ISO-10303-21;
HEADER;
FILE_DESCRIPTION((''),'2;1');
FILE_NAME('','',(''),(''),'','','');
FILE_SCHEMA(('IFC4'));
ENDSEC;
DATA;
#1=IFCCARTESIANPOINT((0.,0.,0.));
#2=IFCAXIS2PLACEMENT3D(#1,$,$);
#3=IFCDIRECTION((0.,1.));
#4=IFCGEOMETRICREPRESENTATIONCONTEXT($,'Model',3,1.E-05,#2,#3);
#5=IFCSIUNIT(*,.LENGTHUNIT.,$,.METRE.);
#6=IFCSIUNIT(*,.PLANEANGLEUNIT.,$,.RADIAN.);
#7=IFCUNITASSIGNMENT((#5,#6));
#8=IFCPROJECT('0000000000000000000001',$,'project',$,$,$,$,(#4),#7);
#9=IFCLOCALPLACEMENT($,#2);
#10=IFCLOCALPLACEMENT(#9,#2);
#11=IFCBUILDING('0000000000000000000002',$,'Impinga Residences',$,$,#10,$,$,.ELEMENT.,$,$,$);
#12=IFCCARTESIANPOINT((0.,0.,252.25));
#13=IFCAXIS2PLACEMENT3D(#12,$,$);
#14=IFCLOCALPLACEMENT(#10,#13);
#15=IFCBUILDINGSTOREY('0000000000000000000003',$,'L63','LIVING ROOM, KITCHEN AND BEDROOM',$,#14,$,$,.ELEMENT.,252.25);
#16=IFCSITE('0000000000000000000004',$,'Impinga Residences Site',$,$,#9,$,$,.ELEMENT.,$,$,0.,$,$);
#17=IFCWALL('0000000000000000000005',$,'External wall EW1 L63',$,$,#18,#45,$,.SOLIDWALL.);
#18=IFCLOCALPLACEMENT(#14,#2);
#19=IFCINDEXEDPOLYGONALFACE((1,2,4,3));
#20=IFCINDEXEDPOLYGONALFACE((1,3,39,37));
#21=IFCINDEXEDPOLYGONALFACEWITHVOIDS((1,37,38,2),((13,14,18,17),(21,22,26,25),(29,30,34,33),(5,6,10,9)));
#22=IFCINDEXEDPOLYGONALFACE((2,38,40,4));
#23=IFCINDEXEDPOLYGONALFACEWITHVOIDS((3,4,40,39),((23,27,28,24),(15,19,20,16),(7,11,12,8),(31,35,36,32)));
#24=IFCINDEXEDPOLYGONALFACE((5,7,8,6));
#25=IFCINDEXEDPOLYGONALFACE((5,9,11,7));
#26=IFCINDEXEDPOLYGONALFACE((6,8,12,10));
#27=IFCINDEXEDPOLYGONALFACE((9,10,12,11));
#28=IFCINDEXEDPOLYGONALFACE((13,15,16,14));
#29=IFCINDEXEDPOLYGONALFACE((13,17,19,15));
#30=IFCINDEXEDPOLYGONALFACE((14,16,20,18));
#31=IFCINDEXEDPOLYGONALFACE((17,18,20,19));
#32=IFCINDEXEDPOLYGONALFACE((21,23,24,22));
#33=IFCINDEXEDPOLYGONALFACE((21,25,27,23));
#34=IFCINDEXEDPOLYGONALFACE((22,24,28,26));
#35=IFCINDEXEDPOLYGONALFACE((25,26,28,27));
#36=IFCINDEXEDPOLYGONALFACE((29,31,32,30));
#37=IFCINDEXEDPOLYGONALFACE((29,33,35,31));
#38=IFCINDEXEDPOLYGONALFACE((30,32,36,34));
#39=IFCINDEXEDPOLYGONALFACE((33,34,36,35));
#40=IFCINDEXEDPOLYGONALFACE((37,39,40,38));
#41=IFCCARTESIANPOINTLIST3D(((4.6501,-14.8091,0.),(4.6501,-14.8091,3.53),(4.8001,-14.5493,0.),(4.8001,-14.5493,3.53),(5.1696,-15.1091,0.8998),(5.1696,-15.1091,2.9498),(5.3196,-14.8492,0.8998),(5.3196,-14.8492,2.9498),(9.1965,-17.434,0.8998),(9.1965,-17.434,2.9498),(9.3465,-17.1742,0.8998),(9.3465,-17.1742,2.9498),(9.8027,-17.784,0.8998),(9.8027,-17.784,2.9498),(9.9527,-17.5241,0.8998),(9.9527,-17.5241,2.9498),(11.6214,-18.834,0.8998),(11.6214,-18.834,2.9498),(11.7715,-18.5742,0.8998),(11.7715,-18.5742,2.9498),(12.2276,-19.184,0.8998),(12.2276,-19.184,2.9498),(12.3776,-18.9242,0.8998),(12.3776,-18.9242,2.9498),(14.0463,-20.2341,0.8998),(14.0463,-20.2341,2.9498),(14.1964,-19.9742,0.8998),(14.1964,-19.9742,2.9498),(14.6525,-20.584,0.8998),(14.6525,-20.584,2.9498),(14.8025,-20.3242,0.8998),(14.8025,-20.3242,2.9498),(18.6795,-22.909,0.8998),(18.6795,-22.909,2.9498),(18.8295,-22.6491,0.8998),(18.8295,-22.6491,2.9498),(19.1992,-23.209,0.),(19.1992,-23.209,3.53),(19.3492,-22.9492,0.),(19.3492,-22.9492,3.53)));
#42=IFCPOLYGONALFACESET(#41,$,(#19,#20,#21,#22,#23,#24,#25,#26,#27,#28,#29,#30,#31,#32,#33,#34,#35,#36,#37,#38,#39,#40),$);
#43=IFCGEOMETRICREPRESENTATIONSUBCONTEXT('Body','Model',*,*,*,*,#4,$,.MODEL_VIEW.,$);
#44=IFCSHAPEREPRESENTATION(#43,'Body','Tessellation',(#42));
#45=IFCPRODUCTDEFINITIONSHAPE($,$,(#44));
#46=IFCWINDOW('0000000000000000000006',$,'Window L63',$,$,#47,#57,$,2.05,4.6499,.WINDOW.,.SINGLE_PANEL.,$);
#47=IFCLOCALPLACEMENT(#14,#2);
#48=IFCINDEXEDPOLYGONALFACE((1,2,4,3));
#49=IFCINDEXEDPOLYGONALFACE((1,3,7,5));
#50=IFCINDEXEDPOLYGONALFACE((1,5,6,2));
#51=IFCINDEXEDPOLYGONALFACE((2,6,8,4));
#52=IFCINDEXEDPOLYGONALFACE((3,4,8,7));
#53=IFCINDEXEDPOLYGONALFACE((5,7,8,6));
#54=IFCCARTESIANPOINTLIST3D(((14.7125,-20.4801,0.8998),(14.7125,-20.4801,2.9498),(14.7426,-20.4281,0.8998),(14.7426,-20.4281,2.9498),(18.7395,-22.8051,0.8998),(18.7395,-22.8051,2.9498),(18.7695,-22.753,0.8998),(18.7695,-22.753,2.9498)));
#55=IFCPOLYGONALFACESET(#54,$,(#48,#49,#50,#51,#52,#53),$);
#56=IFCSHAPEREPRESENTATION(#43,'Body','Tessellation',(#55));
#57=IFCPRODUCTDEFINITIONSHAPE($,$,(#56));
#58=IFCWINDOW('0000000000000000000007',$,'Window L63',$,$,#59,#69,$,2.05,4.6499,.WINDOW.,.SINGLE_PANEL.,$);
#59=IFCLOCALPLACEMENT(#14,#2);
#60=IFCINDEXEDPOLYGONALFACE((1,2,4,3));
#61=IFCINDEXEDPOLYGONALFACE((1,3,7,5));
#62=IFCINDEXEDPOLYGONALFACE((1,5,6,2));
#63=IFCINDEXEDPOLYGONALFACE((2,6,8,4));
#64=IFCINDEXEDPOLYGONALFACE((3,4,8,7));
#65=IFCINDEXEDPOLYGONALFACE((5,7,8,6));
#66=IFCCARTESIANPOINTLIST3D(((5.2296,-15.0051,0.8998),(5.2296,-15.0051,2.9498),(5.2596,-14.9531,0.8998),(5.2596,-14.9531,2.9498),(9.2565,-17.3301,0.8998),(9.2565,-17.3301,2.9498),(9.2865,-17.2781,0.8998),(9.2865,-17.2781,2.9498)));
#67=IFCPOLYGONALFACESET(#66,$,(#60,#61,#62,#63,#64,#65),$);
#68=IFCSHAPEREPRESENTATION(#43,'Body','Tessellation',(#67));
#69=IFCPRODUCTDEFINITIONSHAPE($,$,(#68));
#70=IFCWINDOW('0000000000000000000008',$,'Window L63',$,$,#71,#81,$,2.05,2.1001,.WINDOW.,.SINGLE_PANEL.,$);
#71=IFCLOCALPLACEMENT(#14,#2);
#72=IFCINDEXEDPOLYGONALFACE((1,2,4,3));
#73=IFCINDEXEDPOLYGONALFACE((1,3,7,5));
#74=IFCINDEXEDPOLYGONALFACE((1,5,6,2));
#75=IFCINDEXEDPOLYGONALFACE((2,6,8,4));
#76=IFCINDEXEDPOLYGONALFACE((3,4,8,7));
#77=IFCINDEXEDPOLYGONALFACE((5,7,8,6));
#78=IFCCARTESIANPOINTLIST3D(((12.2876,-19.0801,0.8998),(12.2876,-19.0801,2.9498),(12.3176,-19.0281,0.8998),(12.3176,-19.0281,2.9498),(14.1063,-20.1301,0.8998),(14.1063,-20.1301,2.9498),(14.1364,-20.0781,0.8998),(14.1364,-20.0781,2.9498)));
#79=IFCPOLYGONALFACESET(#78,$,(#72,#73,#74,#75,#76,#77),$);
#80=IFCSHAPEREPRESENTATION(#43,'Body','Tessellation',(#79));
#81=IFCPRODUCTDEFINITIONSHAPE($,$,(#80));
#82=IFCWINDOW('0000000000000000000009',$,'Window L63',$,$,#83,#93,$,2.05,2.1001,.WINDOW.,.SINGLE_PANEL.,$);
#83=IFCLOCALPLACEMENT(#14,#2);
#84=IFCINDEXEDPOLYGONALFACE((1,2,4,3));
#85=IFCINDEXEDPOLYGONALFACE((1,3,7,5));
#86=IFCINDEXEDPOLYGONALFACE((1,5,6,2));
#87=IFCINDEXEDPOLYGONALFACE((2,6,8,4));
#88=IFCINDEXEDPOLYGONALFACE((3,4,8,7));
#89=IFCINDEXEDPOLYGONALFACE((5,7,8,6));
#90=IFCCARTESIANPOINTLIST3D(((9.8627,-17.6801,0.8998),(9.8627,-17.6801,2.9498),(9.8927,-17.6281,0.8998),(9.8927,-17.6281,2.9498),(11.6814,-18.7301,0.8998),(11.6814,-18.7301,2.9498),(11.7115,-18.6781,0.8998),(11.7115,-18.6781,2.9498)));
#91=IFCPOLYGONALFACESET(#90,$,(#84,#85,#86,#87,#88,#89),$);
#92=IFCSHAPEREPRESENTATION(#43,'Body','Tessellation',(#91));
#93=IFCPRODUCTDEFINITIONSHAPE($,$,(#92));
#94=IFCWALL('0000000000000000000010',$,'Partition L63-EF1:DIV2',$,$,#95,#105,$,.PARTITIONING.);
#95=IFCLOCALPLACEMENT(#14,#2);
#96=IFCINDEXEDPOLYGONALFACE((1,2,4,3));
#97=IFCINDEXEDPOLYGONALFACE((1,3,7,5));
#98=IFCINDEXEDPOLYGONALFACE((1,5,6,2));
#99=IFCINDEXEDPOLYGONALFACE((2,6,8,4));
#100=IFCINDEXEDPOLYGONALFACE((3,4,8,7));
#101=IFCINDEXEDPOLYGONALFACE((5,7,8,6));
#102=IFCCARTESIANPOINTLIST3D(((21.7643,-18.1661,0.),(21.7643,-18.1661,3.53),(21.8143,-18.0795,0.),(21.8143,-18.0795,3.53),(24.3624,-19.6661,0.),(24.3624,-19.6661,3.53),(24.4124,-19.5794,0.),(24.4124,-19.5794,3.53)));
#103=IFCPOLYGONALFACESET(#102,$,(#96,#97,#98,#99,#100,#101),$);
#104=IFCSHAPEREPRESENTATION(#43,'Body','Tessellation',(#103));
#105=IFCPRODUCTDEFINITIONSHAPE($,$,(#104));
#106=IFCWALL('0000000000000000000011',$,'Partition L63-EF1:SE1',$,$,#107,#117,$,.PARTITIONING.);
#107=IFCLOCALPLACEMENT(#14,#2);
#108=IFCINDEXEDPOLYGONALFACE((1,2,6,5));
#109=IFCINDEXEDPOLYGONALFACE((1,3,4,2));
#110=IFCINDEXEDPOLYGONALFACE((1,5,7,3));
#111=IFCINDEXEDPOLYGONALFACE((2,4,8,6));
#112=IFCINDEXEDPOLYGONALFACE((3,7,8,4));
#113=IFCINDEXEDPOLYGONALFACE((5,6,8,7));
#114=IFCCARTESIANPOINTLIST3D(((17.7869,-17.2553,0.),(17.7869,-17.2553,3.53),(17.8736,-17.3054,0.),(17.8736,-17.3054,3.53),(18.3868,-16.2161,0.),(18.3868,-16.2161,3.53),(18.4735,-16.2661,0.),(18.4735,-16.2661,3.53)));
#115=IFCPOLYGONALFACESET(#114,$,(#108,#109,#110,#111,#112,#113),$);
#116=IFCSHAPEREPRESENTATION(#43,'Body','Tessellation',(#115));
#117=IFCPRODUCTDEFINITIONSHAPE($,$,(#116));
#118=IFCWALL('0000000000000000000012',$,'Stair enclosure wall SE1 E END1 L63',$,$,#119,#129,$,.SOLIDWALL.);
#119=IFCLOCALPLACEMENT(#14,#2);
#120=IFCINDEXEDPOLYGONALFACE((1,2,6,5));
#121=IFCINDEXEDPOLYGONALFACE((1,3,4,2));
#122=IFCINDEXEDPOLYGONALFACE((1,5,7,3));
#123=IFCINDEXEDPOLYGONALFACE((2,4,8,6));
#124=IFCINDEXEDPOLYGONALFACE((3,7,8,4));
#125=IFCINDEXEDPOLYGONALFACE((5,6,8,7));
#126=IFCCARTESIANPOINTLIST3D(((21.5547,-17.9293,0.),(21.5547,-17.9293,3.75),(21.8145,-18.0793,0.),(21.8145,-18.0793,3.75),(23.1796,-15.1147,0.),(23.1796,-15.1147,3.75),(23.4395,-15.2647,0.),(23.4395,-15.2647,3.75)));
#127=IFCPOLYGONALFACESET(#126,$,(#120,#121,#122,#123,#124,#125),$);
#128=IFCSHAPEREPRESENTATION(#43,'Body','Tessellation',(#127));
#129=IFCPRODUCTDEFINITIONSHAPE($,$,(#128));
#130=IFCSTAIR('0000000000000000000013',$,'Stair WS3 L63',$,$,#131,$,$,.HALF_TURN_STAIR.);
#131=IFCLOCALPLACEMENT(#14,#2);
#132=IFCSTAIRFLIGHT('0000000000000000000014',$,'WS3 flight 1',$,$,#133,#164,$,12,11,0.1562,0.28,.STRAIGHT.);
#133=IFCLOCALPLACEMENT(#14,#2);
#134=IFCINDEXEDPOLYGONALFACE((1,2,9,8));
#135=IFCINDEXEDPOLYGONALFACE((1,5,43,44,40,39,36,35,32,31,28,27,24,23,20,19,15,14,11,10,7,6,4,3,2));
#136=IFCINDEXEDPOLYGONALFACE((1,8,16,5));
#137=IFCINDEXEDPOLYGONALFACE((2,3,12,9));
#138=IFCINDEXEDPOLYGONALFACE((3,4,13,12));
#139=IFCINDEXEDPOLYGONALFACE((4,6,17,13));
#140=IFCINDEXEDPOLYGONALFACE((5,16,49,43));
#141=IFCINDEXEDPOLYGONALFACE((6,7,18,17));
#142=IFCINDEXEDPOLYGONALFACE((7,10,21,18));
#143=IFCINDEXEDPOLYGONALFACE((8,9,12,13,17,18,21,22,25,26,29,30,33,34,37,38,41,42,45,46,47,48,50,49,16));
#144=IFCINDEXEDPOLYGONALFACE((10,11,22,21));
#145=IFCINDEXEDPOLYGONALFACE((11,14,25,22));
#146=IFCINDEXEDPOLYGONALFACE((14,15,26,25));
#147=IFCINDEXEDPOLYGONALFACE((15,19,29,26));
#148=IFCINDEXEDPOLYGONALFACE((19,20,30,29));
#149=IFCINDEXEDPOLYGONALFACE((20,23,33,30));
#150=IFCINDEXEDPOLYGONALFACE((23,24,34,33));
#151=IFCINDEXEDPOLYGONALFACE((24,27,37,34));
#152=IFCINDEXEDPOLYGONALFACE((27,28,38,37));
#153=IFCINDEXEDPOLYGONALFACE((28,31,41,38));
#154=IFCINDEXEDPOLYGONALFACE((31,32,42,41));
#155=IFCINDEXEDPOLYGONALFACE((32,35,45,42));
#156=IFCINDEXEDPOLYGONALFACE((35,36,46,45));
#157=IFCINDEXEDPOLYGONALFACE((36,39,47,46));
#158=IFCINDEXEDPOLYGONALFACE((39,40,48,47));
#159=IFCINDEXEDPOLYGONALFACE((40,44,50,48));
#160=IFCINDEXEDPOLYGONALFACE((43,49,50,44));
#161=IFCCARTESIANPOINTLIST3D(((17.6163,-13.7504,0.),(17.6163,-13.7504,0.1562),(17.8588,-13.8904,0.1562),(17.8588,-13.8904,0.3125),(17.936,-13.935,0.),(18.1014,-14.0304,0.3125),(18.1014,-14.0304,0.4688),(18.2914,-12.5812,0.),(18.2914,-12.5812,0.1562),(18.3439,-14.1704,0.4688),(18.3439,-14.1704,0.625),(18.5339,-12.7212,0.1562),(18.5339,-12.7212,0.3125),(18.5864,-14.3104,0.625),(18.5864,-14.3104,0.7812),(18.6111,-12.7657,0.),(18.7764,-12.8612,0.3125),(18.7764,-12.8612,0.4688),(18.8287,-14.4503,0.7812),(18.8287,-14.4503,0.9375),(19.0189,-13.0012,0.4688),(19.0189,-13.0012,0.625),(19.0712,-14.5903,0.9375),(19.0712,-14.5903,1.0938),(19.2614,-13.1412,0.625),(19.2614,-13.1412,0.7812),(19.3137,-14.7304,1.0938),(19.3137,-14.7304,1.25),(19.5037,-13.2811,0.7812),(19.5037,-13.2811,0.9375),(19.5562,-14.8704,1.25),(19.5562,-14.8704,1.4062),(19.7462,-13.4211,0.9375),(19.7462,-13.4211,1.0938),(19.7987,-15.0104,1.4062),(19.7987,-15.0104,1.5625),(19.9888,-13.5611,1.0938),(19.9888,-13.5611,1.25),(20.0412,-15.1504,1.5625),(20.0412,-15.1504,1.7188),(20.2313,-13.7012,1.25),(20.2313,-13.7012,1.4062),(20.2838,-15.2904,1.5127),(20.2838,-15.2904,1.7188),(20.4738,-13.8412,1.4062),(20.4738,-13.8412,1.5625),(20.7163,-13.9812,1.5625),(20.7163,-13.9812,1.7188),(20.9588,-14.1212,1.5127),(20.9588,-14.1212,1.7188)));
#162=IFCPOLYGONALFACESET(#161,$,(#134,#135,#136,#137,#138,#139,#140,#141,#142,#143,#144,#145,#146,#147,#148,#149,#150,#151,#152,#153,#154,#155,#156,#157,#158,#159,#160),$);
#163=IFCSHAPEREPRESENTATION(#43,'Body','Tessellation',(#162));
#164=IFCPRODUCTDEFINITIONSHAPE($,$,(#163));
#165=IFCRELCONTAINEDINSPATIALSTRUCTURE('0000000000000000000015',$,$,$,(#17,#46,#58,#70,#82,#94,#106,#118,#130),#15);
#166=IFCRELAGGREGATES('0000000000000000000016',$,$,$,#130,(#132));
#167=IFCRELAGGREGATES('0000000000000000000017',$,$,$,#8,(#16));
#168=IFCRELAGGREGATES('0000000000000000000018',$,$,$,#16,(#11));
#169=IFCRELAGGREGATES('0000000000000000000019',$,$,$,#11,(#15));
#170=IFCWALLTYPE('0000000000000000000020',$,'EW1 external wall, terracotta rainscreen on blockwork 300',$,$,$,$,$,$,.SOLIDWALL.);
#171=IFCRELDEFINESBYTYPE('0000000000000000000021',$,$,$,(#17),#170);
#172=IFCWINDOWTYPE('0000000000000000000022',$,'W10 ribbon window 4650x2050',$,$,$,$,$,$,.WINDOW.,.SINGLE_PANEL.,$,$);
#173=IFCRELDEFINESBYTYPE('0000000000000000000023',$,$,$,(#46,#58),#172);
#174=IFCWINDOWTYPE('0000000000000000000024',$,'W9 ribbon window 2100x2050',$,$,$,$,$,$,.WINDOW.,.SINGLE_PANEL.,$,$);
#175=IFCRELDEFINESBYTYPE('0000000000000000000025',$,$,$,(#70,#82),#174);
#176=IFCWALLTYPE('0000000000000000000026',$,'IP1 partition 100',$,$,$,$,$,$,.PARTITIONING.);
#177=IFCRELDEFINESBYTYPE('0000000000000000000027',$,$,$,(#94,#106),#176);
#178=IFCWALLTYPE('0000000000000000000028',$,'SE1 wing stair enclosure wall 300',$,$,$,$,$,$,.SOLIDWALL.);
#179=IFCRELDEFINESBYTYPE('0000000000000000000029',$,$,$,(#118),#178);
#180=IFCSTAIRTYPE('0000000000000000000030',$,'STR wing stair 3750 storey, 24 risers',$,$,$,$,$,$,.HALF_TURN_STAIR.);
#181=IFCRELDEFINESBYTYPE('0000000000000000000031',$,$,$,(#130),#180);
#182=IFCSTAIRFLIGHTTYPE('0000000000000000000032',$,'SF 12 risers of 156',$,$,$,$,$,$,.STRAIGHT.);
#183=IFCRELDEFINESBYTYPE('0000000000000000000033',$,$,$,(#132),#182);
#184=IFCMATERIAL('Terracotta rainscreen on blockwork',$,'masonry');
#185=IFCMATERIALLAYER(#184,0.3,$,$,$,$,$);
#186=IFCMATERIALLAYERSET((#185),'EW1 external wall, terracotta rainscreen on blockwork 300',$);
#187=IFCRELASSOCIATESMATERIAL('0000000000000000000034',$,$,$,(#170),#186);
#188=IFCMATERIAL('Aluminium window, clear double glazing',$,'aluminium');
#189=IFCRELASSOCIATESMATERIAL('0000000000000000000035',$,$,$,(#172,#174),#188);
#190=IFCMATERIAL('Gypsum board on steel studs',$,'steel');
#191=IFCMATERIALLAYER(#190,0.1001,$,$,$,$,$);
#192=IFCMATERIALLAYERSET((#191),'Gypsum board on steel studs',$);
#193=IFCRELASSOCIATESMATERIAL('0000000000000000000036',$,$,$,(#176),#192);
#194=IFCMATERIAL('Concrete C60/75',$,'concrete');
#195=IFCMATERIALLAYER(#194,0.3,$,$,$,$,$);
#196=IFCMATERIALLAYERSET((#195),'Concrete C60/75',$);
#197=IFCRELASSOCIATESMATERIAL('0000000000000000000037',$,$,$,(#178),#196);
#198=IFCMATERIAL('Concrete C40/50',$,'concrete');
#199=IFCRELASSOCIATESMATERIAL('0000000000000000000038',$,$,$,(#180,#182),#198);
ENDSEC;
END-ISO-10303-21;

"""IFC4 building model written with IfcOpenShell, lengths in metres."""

from ifc_helpers import new_model, si_unit, direction, frame, frame_2d, origin, place, context, subcontext, project, spatial, polyline, rectangle, outline, extrude, material, layer, layer_set, type_object, element, fill, aggregate, save


model = new_model("IFC4")

# Units and contexts
model_context = context("Model", 3, precision=1e-05, world=origin(), true_north=direction((0.0, 1.0)))
body_context = subcontext(model_context, "Body", "Model", "MODEL_VIEW")
ifc_project = project(units=[si_unit("LENGTHUNIT", "METRE"), si_unit("PLANEANGLEUNIT", "RADIAN")], contexts=[model_context])

# Site, building, storey
site_placement = place(None, origin())
site = spatial("IfcSite", under=ifc_project, at=site_placement, Name="Impinga Residences Site", CompositionType="ELEMENT", RefElevation=0.0)
building_placement = place(site_placement, origin())
building = spatial("IfcBuilding", under=site, at=building_placement, Name="Impinga Residences", CompositionType="ELEMENT")
storey_placement = place(building_placement, frame((0.0, 0.0, 252.25)))
storey = spatial("IfcBuildingStorey", under=building, at=storey_placement, Name="L63", Description="LIVING ROOM, KITCHEN AND BEDROOM", CompositionType="ELEMENT", Elevation=252.25)

# Shared definitions
ifc_material_1 = material(Name="Concrete C60/75", Category="concrete")

# Shared definitions
ifc_material_2 = material(Name="Terracotta rainscreen on blockwork", Category="masonry")
ifc_layer_1 = layer(ifc_material_2, 0.3)
ifc_layer_set_1 = layer_set([ifc_layer_1], Name="EW1 external wall, terracotta rainscreen on blockwork 300")
wall_type_1 = type_object("IfcWallType", Name="EW1 external wall, terracotta rainscreen on blockwork 300", PredefinedType="SOLIDWALL", material=ifc_layer_set_1)

# Wall, openings, windows
wall_1_placement = place(storey_placement, frame((19.2742, -23.0791, 0.0), z_axis=(0.0, 0.0, 1.0), x_axis=(-0.866026, 0.5, 0.0)))
wall_1 = element("IfcWall", 1, at=wall_1_placement, inside=storey, type_object=wall_type_1, Name="External wall EW1 L63", PredefinedType="SOLIDWALL", context=body_context, shape_type="SweptSolid", body=[
    extrude(rectangle(XDim=16.7998, YDim=0.3, at=frame_2d((8.3999, 0.0))), origin(), (0.0, 0.0, 1.0), 3.53),
])
opening_1_placement = place(wall_1_placement, frame((0.6001, 0.0, 0.8999)))
opening_1 = element("IfcOpeningElement", 2, at=opening_1_placement, cuts=wall_1, PredefinedType="OPENING", context=body_context, shape_type="SweptSolid", body=[
    extrude(rectangle(XDim=4.6499, YDim=2.05, at=frame_2d((2.325, 1.0249))), frame((0.0, 0.1599, 0.0), z_axis=(0.0, -1.0, 0.0), x_axis=(1.0, 0.0, 0.0)), (0.0, 0.0, 1.0), 0.3201),
])
opening_2_placement = place(wall_1_placement, frame((5.95, 0.0, 0.8999)))
opening_2 = element("IfcOpeningElement", 3, at=opening_2_placement, cuts=wall_1, PredefinedType="OPENING", context=body_context, shape_type="SweptSolid", body=[
    extrude(rectangle(XDim=2.1001, YDim=2.05, at=frame_2d((1.05, 1.0249))), frame((0.0, 0.1599, 0.0), z_axis=(0.0, -1.0, 0.0), x_axis=(1.0, 0.0, 0.0)), (0.0, 0.0, 1.0), 0.3201),
])
opening_3_placement = place(wall_1_placement, frame((8.75, 0.0, 0.8999)))
opening_3 = element("IfcOpeningElement", 4, at=opening_3_placement, cuts=wall_1, PredefinedType="OPENING", context=body_context, shape_type="SweptSolid", body=[
    extrude(rectangle(XDim=2.1001, YDim=2.05, at=frame_2d((1.05, 1.0249))), frame((0.0, 0.1599, 0.0), z_axis=(0.0, -1.0, 0.0), x_axis=(1.0, 0.0, 0.0)), (0.0, 0.0, 1.0), 0.3201),
])
opening_4_placement = place(wall_1_placement, frame((11.55, 0.0, 0.8999)))
opening_4 = element("IfcOpeningElement", 5, at=opening_4_placement, cuts=wall_1, PredefinedType="OPENING", context=body_context, shape_type="SweptSolid", body=[
    extrude(rectangle(XDim=4.6499, YDim=2.05, at=frame_2d((2.325, 1.0249))), frame((0.0, 0.1599, 0.0), z_axis=(0.0, -1.0, 0.0), x_axis=(1.0, 0.0, 0.0)), (0.0, 0.0, 1.0), 0.3201),
])
ifc_material_3 = material(Name="Aluminium window, clear double glazing", Category="aluminium")
window_type_1 = type_object("IfcWindowType", Name="W10 ribbon window 4650x2050", PartitioningType="SINGLE_PANEL", PredefinedType="WINDOW", material=ifc_material_3)
window_1_placement = place(opening_1_placement, origin())
window_1 = element("IfcWindow", 6, at=window_1_placement, inside=storey, type_object=window_type_1, Name="Window L63", OverallHeight=2.05, OverallWidth=4.6499, PartitioningType="SINGLE_PANEL", PredefinedType="WINDOW", context=body_context, shape_type="SweptSolid", body=[
    extrude(rectangle(XDim=4.6499, YDim=2.05, at=frame_2d((2.325, 1.0249))), frame((0.0, 0.03, 0.0), z_axis=(0.0, -1.0, 0.0), x_axis=(1.0, 0.0, 0.0)), (0.0, 0.0, 1.0), 0.0601),
])
fill(opening_1, window_1)
window_2_placement = place(opening_4_placement, origin())
window_2 = element("IfcWindow", 7, at=window_2_placement, inside=storey, type_object=window_type_1, Name="Window L63", OverallHeight=2.05, OverallWidth=4.6499, PartitioningType="SINGLE_PANEL", PredefinedType="WINDOW", context=body_context, shape_type="SweptSolid", body=[
    extrude(rectangle(XDim=4.6499, YDim=2.05, at=frame_2d((2.325, 1.0249))), frame((0.0, 0.03, 0.0), z_axis=(0.0, -1.0, 0.0), x_axis=(1.0, 0.0, 0.0)), (0.0, 0.0, 1.0), 0.0601),
])
fill(opening_4, window_2)
window_type_2 = type_object("IfcWindowType", Name="W9 ribbon window 2100x2050", PartitioningType="SINGLE_PANEL", PredefinedType="WINDOW", material=ifc_material_3)
window_3_placement = place(opening_2_placement, origin())
window_3 = element("IfcWindow", 8, at=window_3_placement, inside=storey, type_object=window_type_2, Name="Window L63", OverallHeight=2.05, OverallWidth=2.1001, PartitioningType="SINGLE_PANEL", PredefinedType="WINDOW", context=body_context, shape_type="SweptSolid", body=[
    extrude(rectangle(XDim=2.1001, YDim=2.05, at=frame_2d((1.05, 1.0249))), frame((0.0, 0.03, 0.0), z_axis=(0.0, -1.0, 0.0), x_axis=(1.0, 0.0, 0.0)), (0.0, 0.0, 1.0), 0.0601),
])
fill(opening_2, window_3)
window_4_placement = place(opening_3_placement, origin())
window_4 = element("IfcWindow", 9, at=window_4_placement, inside=storey, type_object=window_type_2, Name="Window L63", OverallHeight=2.05, OverallWidth=2.1001, PartitioningType="SINGLE_PANEL", PredefinedType="WINDOW", context=body_context, shape_type="SweptSolid", body=[
    extrude(rectangle(XDim=2.1001, YDim=2.05, at=frame_2d((1.05, 1.0249))), frame((0.0, 0.03, 0.0), z_axis=(0.0, -1.0, 0.0), x_axis=(1.0, 0.0, 0.0)), (0.0, 0.0, 1.0), 0.0601),
])
fill(opening_3, window_4)

# Walls
ifc_material_4 = material(Name="Gypsum board on steel studs", Category="steel")
ifc_layer_2 = layer(ifc_material_4, 0.1001)
ifc_layer_set_2 = layer_set([ifc_layer_2], Name="Gypsum board on steel studs")
wall_type_2 = type_object("IfcWallType", Name="IP1 partition 100", PredefinedType="PARTITIONING", material=ifc_layer_set_2)
wall_2_placement = place(storey_placement, frame((21.7893, -18.1228, 0.0), z_axis=(0.0, 0.0, 1.0), x_axis=(0.866031, -0.49999, 0.0)))
element("IfcWall", 10, at=wall_2_placement, inside=storey, type_object=wall_type_2, Name="Partition L63-EF1:DIV2", PredefinedType="PARTITIONING", context=body_context, shape_type="SweptSolid", body=[
    extrude(rectangle(XDim=3.0, YDim=0.1001, at=frame_2d((1.5, 0.0))), origin(), (0.0, 0.0, 1.0), 3.53),
])
wall_3_placement = place(storey_placement, frame((18.4302, -16.241, 0.0), z_axis=(0.0, 0.0, 1.0), x_axis=(-0.499881, -0.866094, 0.0)))
element("IfcWall", 11, at=wall_3_placement, inside=storey, type_object=wall_type_2, Name="Partition L63-EF1:SE1", PredefinedType="PARTITIONING", context=body_context, shape_type="SweptSolid", body=[
    extrude(rectangle(XDim=1.2, YDim=0.1001, at=frame_2d((0.6001, 0.0))), origin(), (0.0, 0.0, 1.0), 3.53),
])
ifc_layer_3 = layer(ifc_material_1, 0.3)
ifc_layer_set_3 = layer_set([ifc_layer_3], Name="Concrete C60/75")
wall_type_3 = type_object("IfcWallType", Name="SE1 wing stair enclosure wall 300", PredefinedType="SOLIDWALL", material=ifc_layer_set_3)
wall_4_placement = place(storey_placement, frame((23.3096, -15.1897, 0.0), z_axis=(0.0, 0.0, 1.0), x_axis=(-0.499985, -0.866034, 0.0)))
element("IfcWall", 12, at=wall_4_placement, inside=storey, type_object=wall_type_3, Name="Stair enclosure wall SE1 E END1 L63", PredefinedType="SOLIDWALL", context=body_context, shape_type="SweptSolid", body=[
    extrude(rectangle(XDim=3.25, YDim=0.3, at=frame_2d((1.625, 0.0))), origin(), (0.0, 0.0, 1.0), 3.75),
])

# Stair, stair flight
ifc_material_5 = material(Name="Concrete C40/50", Category="concrete")
stair_type = type_object("IfcStairType", Name="STR wing stair 3750 storey, 24 risers", PredefinedType="HALF_TURN_STAIR", material=ifc_material_5)
stair_placement = place(storey_placement, origin())
stair = element("IfcStair", 13, at=stair_placement, inside=storey, type_object=stair_type, Name="Stair WS3 L63", PredefinedType="HALF_TURN_STAIR")
stair_flight_type = type_object("IfcStairFlightType", Name="SF 12 risers of 156", PredefinedType="STRAIGHT", material=ifc_material_5)
stair_flight_1_placement = place(storey_placement, frame((17.9539, -13.1658, 0.0), z_axis=(0.0, 0.0, 1.0), x_axis=(0.866025, -0.5, 0.0)))
stair_flight_1 = element("IfcStairFlight", 14, at=stair_flight_1_placement, type_object=stair_flight_type, Name="WS3 flight 1", NumberOfRisers=12, NumberOfTreads=11, PredefinedType="STRAIGHT", RiserHeight=0.1562, TreadLength=0.28, context=body_context, shape_type="SweptSolid", body=[
    extrude(outline(polyline([(0.0, 0.0), (0.0, 0.1562), (0.28, 0.1562), (0.28, 0.3125), (0.5601, 0.3125), (0.5601, 0.4688), (0.8401, 0.4688), (0.8401, 0.625), (1.1201, 0.625), (1.1201, 0.7812), (1.3999, 0.7812), (1.3999, 0.9375), (1.6799, 0.9375), (1.6799, 1.0938), (1.96, 1.0938), (1.96, 1.25), (2.24, 1.25), (2.24, 1.4062), (2.52, 1.4062), (2.52, 1.5625), (2.8, 1.5625), (2.8, 1.7188), (3.0801, 1.7188), (3.0801, 1.875), (3.0801, 1.5127), (0.3691, 0.0), (0.0, 0.0)])), frame((0.0, 0.675, 0.0), z_axis=(0.0, -1.0, 0.0), x_axis=(1.0, 0.0, 0.0)), (0.0, 0.0, 1.0), 1.3501),
])
aggregate(stair, [stair_flight_1])

save(model, "model.ifc")
